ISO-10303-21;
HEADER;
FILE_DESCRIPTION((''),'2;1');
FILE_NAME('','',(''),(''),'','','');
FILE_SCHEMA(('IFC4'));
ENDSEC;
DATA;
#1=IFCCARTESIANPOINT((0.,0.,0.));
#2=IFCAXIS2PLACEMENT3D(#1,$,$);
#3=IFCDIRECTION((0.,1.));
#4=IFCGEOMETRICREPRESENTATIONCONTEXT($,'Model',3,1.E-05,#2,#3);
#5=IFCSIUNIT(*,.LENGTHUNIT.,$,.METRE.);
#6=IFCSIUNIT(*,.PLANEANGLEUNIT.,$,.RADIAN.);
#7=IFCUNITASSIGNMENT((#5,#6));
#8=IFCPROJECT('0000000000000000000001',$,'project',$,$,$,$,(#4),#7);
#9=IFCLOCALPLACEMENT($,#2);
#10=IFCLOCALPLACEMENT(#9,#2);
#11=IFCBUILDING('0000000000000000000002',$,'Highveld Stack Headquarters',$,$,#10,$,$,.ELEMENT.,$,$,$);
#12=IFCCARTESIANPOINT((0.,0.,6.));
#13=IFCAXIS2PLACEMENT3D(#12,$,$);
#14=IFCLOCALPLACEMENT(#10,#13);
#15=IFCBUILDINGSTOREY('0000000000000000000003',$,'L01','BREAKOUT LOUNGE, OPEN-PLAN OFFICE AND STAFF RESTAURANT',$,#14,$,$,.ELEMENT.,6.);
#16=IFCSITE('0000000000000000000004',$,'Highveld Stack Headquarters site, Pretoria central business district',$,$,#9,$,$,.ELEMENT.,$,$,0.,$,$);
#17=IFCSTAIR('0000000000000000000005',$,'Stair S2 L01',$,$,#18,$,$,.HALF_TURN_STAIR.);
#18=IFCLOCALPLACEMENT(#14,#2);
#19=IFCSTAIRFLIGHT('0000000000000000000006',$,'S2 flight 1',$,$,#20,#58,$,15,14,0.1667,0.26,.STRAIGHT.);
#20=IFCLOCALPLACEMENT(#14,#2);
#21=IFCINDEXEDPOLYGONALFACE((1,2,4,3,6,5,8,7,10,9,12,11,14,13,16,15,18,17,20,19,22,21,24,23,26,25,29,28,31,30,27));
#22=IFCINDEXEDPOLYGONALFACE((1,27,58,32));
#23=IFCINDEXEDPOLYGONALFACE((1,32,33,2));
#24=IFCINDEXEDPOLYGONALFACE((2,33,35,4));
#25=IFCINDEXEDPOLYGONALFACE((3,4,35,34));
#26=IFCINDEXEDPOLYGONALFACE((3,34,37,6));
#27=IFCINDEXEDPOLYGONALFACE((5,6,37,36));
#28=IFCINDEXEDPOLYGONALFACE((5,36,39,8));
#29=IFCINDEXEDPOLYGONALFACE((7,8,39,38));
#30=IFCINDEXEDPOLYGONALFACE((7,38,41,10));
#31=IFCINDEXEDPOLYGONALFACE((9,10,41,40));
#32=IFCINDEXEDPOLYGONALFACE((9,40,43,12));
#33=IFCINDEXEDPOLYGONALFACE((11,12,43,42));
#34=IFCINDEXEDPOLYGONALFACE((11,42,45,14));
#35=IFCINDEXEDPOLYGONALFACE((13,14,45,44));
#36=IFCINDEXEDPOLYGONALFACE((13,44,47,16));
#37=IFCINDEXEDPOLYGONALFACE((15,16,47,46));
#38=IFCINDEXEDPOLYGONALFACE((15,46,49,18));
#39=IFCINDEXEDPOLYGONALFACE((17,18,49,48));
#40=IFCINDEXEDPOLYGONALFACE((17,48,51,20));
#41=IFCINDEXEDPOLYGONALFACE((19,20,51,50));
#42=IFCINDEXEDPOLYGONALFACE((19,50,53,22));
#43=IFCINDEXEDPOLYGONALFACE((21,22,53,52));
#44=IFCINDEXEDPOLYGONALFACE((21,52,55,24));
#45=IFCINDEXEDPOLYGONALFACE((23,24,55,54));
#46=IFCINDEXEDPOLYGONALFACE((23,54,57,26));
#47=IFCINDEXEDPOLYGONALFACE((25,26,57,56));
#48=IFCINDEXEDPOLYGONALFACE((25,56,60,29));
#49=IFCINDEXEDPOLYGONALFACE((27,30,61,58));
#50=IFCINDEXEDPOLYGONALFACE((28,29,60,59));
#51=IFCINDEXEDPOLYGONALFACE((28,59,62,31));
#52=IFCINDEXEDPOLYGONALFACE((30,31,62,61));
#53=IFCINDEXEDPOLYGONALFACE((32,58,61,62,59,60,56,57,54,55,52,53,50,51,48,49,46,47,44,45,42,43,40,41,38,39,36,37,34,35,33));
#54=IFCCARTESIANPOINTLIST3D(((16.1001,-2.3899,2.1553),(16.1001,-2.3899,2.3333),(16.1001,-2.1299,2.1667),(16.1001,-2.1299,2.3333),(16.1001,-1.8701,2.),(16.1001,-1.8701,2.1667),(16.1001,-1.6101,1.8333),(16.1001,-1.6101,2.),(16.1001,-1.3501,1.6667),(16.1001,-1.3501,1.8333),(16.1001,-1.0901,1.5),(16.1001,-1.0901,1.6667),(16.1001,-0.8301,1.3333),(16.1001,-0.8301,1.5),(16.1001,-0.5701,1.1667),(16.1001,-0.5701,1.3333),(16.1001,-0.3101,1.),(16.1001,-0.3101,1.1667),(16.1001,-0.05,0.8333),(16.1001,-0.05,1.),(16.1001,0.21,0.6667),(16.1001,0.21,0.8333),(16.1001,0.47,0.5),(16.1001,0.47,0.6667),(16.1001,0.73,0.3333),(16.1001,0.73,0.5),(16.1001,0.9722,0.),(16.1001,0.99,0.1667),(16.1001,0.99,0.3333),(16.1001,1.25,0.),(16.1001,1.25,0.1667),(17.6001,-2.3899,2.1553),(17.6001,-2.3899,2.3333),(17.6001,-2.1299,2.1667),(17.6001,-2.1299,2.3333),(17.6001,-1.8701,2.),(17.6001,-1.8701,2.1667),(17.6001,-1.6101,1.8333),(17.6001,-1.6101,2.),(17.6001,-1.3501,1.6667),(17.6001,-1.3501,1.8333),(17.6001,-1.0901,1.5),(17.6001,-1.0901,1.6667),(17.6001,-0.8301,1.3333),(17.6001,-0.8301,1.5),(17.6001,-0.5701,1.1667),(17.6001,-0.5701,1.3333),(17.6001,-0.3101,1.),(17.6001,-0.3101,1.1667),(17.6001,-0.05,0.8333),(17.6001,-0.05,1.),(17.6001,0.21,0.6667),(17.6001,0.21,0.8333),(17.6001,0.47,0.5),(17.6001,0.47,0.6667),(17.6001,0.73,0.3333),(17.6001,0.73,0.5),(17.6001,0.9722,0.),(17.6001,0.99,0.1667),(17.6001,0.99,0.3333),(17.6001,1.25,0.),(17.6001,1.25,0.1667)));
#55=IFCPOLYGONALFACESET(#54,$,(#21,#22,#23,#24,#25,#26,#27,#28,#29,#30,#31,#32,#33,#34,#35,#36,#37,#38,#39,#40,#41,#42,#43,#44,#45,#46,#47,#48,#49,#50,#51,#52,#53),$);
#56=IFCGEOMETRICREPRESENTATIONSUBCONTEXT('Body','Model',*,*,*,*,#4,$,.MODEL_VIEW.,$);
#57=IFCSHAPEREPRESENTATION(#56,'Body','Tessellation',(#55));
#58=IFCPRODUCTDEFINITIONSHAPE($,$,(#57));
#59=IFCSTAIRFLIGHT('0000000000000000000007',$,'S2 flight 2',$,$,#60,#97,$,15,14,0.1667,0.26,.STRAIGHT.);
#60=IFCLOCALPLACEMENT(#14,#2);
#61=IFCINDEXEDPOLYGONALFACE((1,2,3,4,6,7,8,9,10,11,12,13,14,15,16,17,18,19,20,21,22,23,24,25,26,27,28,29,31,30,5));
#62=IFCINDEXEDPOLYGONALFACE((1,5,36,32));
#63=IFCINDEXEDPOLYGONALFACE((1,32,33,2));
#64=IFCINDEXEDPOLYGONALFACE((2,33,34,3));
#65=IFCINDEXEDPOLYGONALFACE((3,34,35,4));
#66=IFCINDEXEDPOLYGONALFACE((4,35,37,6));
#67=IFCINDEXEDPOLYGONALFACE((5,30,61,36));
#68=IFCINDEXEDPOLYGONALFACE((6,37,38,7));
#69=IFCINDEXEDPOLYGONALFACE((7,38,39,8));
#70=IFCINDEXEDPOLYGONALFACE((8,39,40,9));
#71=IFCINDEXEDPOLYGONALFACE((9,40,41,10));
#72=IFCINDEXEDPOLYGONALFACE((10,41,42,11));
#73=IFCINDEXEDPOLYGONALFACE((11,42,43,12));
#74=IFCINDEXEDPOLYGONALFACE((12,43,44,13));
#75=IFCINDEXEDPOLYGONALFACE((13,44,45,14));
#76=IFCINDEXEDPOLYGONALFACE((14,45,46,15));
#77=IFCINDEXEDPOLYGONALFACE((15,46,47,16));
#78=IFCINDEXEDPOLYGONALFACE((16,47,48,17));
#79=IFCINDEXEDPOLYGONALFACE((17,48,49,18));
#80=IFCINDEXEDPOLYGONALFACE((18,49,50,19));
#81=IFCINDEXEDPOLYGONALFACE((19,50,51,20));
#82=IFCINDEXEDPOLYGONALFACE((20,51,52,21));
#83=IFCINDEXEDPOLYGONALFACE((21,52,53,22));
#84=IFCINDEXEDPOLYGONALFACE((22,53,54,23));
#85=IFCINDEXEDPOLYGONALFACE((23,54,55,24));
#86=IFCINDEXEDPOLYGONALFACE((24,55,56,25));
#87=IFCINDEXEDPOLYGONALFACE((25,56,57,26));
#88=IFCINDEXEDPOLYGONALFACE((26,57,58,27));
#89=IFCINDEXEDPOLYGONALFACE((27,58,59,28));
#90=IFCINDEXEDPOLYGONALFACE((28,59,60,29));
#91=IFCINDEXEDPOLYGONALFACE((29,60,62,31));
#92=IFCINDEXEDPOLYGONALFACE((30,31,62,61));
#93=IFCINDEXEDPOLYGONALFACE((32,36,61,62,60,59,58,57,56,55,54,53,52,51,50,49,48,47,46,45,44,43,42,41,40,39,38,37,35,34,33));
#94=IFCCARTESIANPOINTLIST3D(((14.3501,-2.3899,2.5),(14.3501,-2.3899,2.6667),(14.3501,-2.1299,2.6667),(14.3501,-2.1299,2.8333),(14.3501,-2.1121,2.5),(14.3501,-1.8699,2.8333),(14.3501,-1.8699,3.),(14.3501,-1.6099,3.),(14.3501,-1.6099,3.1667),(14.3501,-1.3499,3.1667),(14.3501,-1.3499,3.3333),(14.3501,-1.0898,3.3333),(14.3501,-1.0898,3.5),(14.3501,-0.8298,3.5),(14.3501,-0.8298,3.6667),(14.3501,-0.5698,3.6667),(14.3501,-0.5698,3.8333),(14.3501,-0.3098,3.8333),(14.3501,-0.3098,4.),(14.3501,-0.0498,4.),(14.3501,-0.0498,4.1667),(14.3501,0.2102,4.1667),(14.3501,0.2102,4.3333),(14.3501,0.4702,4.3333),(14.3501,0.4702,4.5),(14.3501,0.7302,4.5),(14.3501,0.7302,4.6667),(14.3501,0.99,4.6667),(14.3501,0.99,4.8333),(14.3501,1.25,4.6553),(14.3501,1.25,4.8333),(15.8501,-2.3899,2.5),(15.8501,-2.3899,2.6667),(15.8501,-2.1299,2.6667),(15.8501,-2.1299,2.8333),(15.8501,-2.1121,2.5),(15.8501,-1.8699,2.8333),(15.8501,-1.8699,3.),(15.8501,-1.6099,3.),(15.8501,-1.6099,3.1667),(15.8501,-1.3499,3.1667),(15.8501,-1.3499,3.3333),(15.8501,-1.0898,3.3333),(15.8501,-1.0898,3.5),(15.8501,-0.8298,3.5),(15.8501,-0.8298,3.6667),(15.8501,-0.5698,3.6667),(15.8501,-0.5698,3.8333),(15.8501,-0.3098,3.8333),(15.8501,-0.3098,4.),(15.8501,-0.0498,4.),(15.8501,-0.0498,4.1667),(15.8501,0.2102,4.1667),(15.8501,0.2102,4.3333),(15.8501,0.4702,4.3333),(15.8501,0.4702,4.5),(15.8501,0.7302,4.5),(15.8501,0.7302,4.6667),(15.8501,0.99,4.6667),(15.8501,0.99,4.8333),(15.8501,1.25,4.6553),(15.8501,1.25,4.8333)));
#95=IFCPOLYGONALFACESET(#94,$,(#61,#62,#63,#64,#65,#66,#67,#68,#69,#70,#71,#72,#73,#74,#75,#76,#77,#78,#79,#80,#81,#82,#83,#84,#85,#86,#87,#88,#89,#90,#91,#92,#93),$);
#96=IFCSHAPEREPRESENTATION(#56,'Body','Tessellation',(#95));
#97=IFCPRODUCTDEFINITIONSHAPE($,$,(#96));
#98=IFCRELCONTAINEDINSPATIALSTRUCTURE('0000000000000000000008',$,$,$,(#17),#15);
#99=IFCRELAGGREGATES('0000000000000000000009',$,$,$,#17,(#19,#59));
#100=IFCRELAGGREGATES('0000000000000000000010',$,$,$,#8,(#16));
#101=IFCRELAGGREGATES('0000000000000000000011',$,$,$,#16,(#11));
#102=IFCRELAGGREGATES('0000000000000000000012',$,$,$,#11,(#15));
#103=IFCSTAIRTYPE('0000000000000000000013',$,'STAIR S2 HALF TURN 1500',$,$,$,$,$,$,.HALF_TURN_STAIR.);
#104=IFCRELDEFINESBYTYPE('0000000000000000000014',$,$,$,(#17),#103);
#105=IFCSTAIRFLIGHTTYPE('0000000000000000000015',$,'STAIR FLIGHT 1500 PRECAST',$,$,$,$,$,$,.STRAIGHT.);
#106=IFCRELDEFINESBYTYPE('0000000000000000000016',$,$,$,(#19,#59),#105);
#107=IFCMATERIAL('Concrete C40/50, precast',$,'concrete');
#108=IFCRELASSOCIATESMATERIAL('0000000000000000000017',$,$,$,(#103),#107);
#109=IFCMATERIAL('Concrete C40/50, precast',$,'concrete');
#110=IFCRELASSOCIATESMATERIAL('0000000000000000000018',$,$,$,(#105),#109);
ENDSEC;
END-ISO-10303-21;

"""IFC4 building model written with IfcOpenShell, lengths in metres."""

from ifc_helpers import new_model, si_unit, direction, frame, origin, place, context, subcontext, project, spatial, polyline, outline, extrude, material, type_object, element, aggregate, save


model = new_model("IFC4")

# Units and contexts
model_context = context("Model", 3, precision=1e-05, world=origin(), true_north=direction((0.0, 1.0)))
body_context = subcontext(model_context, "Body", "Model", "MODEL_VIEW")
ifc_project = project(units=[si_unit("LENGTHUNIT", "METRE"), si_unit("PLANEANGLEUNIT", "RADIAN")], contexts=[model_context])

# Site, building, storey
site_placement = place(None, origin())
site = spatial("IfcSite", under=ifc_project, at=site_placement, Name="Highveld Stack Headquarters site, Pretoria central business district", CompositionType="ELEMENT", RefElevation=0.0)
building_placement = place(site_placement, origin())
building = spatial("IfcBuilding", under=site, at=building_placement, Name="Highveld Stack Headquarters", CompositionType="ELEMENT")
storey_placement = place(building_placement, frame((0.0, 0.0, 6.0)))
storey = spatial("IfcBuildingStorey", under=building, at=storey_placement, Name="L01", Description="BREAKOUT LOUNGE, OPEN-PLAN OFFICE AND STAFF RESTAURANT", CompositionType="ELEMENT", Elevation=6.0)

# Stair, stair flights
ifc_material_1 = material(Name="Concrete C40/50, precast", Category="concrete")
stair_type = type_object("IfcStairType", Name="STAIR S2 HALF TURN 1500", PredefinedType="HALF_TURN_STAIR", material=ifc_material_1)
stair_placement = place(storey_placement, origin())
stair = element("IfcStair", 1, at=stair_placement, inside=storey, type_object=stair_type, Name="Stair S2 L01", PredefinedType="HALF_TURN_STAIR")
ifc_material_2 = material(Name="Concrete C40/50, precast", Category="concrete")
stair_flight_type = type_object("IfcStairFlightType", Name="STAIR FLIGHT 1500 PRECAST", PredefinedType="STRAIGHT", material=ifc_material_2)
stair_flight_1_placement = place(storey_placement, frame((16.8501, 1.25, 0.0), z_axis=(0.0, 0.0, 1.0), x_axis=(0.0, -1.0, 0.0)))
stair_flight_1 = element("IfcStairFlight", 2, at=stair_flight_1_placement, type_object=stair_flight_type, Name="S2 flight 1", NumberOfRisers=15, NumberOfTreads=14, PredefinedType="STRAIGHT", RiserHeight=0.1667, TreadLength=0.26, context=body_context, shape_type="SweptSolid", body=[
    extrude(outline(polyline([(0.0, 0.0), (0.0, 0.1667), (0.26, 0.1667), (0.26, 0.3333), (0.52, 0.3333), (0.52, 0.5), (0.78, 0.5), (0.78, 0.6667), (1.04, 0.6667), (1.04, 0.8333), (1.3, 0.8333), (1.3, 1.0), (1.5601, 1.0), (1.5601, 1.1667), (1.8201, 1.1667), (1.8201, 1.3333), (2.0801, 1.3333), (2.0801, 1.5), (2.3401, 1.5), (2.3401, 1.6667), (2.6001, 1.6667), (2.6001, 1.8333), (2.8601, 1.8333), (2.8601, 2.0), (3.1201, 2.0), (3.1201, 2.1667), (3.3799, 2.1667), (3.3799, 2.3333), (3.6399, 2.3333), (3.6399, 2.5), (3.6399, 2.1553), (0.2778, 0.0), (0.0, 0.0)])), frame((0.0, 0.75, 0.0), z_axis=(0.0, -1.0, 0.0), x_axis=(1.0, 0.0, 0.0)), (0.0, 0.0, 1.0), 1.5),
])
stair_flight_2_placement = place(storey_placement, frame((15.1001, -2.3899, 2.5), z_axis=(0.0, 0.0, 1.0), x_axis=(0.0, 1.0, 0.0)))
stair_flight_2 = element("IfcStairFlight", 3, at=stair_flight_2_placement, type_object=stair_flight_type, Name="S2 flight 2", NumberOfRisers=15, NumberOfTreads=14, PredefinedType="STRAIGHT", RiserHeight=0.1667, TreadLength=0.26, context=body_context, shape_type="SweptSolid", body=[
    extrude(outline(polyline([(0.0, 0.0), (0.0, 0.1667), (0.26, 0.1667), (0.26, 0.3333), (0.52, 0.3333), (0.52, 0.5), (0.78, 0.5), (0.78, 0.6667), (1.04, 0.6667), (1.04, 0.8333), (1.3, 0.8333), (1.3, 1.0), (1.5601, 1.0), (1.5601, 1.1667), (1.8201, 1.1667), (1.8201, 1.3333), (2.0801, 1.3333), (2.0801, 1.5), (2.3401, 1.5), (2.3401, 1.6667), (2.6001, 1.6667), (2.6001, 1.8333), (2.8601, 1.8333), (2.8601, 2.0), (3.1201, 2.0), (3.1201, 2.1667), (3.3799, 2.1667), (3.3799, 2.3333), (3.6399, 2.3333), (3.6399, 2.5), (3.6399, 2.1553), (0.2778, 0.0), (0.0, 0.0)])), frame((0.0, 0.75, 0.0), z_axis=(0.0, -1.0, 0.0), x_axis=(1.0, 0.0, 0.0)), (0.0, 0.0, 1.0), 1.5),
])
aggregate(stair, [stair_flight_1, stair_flight_2])

save(model, "model.ifc")
